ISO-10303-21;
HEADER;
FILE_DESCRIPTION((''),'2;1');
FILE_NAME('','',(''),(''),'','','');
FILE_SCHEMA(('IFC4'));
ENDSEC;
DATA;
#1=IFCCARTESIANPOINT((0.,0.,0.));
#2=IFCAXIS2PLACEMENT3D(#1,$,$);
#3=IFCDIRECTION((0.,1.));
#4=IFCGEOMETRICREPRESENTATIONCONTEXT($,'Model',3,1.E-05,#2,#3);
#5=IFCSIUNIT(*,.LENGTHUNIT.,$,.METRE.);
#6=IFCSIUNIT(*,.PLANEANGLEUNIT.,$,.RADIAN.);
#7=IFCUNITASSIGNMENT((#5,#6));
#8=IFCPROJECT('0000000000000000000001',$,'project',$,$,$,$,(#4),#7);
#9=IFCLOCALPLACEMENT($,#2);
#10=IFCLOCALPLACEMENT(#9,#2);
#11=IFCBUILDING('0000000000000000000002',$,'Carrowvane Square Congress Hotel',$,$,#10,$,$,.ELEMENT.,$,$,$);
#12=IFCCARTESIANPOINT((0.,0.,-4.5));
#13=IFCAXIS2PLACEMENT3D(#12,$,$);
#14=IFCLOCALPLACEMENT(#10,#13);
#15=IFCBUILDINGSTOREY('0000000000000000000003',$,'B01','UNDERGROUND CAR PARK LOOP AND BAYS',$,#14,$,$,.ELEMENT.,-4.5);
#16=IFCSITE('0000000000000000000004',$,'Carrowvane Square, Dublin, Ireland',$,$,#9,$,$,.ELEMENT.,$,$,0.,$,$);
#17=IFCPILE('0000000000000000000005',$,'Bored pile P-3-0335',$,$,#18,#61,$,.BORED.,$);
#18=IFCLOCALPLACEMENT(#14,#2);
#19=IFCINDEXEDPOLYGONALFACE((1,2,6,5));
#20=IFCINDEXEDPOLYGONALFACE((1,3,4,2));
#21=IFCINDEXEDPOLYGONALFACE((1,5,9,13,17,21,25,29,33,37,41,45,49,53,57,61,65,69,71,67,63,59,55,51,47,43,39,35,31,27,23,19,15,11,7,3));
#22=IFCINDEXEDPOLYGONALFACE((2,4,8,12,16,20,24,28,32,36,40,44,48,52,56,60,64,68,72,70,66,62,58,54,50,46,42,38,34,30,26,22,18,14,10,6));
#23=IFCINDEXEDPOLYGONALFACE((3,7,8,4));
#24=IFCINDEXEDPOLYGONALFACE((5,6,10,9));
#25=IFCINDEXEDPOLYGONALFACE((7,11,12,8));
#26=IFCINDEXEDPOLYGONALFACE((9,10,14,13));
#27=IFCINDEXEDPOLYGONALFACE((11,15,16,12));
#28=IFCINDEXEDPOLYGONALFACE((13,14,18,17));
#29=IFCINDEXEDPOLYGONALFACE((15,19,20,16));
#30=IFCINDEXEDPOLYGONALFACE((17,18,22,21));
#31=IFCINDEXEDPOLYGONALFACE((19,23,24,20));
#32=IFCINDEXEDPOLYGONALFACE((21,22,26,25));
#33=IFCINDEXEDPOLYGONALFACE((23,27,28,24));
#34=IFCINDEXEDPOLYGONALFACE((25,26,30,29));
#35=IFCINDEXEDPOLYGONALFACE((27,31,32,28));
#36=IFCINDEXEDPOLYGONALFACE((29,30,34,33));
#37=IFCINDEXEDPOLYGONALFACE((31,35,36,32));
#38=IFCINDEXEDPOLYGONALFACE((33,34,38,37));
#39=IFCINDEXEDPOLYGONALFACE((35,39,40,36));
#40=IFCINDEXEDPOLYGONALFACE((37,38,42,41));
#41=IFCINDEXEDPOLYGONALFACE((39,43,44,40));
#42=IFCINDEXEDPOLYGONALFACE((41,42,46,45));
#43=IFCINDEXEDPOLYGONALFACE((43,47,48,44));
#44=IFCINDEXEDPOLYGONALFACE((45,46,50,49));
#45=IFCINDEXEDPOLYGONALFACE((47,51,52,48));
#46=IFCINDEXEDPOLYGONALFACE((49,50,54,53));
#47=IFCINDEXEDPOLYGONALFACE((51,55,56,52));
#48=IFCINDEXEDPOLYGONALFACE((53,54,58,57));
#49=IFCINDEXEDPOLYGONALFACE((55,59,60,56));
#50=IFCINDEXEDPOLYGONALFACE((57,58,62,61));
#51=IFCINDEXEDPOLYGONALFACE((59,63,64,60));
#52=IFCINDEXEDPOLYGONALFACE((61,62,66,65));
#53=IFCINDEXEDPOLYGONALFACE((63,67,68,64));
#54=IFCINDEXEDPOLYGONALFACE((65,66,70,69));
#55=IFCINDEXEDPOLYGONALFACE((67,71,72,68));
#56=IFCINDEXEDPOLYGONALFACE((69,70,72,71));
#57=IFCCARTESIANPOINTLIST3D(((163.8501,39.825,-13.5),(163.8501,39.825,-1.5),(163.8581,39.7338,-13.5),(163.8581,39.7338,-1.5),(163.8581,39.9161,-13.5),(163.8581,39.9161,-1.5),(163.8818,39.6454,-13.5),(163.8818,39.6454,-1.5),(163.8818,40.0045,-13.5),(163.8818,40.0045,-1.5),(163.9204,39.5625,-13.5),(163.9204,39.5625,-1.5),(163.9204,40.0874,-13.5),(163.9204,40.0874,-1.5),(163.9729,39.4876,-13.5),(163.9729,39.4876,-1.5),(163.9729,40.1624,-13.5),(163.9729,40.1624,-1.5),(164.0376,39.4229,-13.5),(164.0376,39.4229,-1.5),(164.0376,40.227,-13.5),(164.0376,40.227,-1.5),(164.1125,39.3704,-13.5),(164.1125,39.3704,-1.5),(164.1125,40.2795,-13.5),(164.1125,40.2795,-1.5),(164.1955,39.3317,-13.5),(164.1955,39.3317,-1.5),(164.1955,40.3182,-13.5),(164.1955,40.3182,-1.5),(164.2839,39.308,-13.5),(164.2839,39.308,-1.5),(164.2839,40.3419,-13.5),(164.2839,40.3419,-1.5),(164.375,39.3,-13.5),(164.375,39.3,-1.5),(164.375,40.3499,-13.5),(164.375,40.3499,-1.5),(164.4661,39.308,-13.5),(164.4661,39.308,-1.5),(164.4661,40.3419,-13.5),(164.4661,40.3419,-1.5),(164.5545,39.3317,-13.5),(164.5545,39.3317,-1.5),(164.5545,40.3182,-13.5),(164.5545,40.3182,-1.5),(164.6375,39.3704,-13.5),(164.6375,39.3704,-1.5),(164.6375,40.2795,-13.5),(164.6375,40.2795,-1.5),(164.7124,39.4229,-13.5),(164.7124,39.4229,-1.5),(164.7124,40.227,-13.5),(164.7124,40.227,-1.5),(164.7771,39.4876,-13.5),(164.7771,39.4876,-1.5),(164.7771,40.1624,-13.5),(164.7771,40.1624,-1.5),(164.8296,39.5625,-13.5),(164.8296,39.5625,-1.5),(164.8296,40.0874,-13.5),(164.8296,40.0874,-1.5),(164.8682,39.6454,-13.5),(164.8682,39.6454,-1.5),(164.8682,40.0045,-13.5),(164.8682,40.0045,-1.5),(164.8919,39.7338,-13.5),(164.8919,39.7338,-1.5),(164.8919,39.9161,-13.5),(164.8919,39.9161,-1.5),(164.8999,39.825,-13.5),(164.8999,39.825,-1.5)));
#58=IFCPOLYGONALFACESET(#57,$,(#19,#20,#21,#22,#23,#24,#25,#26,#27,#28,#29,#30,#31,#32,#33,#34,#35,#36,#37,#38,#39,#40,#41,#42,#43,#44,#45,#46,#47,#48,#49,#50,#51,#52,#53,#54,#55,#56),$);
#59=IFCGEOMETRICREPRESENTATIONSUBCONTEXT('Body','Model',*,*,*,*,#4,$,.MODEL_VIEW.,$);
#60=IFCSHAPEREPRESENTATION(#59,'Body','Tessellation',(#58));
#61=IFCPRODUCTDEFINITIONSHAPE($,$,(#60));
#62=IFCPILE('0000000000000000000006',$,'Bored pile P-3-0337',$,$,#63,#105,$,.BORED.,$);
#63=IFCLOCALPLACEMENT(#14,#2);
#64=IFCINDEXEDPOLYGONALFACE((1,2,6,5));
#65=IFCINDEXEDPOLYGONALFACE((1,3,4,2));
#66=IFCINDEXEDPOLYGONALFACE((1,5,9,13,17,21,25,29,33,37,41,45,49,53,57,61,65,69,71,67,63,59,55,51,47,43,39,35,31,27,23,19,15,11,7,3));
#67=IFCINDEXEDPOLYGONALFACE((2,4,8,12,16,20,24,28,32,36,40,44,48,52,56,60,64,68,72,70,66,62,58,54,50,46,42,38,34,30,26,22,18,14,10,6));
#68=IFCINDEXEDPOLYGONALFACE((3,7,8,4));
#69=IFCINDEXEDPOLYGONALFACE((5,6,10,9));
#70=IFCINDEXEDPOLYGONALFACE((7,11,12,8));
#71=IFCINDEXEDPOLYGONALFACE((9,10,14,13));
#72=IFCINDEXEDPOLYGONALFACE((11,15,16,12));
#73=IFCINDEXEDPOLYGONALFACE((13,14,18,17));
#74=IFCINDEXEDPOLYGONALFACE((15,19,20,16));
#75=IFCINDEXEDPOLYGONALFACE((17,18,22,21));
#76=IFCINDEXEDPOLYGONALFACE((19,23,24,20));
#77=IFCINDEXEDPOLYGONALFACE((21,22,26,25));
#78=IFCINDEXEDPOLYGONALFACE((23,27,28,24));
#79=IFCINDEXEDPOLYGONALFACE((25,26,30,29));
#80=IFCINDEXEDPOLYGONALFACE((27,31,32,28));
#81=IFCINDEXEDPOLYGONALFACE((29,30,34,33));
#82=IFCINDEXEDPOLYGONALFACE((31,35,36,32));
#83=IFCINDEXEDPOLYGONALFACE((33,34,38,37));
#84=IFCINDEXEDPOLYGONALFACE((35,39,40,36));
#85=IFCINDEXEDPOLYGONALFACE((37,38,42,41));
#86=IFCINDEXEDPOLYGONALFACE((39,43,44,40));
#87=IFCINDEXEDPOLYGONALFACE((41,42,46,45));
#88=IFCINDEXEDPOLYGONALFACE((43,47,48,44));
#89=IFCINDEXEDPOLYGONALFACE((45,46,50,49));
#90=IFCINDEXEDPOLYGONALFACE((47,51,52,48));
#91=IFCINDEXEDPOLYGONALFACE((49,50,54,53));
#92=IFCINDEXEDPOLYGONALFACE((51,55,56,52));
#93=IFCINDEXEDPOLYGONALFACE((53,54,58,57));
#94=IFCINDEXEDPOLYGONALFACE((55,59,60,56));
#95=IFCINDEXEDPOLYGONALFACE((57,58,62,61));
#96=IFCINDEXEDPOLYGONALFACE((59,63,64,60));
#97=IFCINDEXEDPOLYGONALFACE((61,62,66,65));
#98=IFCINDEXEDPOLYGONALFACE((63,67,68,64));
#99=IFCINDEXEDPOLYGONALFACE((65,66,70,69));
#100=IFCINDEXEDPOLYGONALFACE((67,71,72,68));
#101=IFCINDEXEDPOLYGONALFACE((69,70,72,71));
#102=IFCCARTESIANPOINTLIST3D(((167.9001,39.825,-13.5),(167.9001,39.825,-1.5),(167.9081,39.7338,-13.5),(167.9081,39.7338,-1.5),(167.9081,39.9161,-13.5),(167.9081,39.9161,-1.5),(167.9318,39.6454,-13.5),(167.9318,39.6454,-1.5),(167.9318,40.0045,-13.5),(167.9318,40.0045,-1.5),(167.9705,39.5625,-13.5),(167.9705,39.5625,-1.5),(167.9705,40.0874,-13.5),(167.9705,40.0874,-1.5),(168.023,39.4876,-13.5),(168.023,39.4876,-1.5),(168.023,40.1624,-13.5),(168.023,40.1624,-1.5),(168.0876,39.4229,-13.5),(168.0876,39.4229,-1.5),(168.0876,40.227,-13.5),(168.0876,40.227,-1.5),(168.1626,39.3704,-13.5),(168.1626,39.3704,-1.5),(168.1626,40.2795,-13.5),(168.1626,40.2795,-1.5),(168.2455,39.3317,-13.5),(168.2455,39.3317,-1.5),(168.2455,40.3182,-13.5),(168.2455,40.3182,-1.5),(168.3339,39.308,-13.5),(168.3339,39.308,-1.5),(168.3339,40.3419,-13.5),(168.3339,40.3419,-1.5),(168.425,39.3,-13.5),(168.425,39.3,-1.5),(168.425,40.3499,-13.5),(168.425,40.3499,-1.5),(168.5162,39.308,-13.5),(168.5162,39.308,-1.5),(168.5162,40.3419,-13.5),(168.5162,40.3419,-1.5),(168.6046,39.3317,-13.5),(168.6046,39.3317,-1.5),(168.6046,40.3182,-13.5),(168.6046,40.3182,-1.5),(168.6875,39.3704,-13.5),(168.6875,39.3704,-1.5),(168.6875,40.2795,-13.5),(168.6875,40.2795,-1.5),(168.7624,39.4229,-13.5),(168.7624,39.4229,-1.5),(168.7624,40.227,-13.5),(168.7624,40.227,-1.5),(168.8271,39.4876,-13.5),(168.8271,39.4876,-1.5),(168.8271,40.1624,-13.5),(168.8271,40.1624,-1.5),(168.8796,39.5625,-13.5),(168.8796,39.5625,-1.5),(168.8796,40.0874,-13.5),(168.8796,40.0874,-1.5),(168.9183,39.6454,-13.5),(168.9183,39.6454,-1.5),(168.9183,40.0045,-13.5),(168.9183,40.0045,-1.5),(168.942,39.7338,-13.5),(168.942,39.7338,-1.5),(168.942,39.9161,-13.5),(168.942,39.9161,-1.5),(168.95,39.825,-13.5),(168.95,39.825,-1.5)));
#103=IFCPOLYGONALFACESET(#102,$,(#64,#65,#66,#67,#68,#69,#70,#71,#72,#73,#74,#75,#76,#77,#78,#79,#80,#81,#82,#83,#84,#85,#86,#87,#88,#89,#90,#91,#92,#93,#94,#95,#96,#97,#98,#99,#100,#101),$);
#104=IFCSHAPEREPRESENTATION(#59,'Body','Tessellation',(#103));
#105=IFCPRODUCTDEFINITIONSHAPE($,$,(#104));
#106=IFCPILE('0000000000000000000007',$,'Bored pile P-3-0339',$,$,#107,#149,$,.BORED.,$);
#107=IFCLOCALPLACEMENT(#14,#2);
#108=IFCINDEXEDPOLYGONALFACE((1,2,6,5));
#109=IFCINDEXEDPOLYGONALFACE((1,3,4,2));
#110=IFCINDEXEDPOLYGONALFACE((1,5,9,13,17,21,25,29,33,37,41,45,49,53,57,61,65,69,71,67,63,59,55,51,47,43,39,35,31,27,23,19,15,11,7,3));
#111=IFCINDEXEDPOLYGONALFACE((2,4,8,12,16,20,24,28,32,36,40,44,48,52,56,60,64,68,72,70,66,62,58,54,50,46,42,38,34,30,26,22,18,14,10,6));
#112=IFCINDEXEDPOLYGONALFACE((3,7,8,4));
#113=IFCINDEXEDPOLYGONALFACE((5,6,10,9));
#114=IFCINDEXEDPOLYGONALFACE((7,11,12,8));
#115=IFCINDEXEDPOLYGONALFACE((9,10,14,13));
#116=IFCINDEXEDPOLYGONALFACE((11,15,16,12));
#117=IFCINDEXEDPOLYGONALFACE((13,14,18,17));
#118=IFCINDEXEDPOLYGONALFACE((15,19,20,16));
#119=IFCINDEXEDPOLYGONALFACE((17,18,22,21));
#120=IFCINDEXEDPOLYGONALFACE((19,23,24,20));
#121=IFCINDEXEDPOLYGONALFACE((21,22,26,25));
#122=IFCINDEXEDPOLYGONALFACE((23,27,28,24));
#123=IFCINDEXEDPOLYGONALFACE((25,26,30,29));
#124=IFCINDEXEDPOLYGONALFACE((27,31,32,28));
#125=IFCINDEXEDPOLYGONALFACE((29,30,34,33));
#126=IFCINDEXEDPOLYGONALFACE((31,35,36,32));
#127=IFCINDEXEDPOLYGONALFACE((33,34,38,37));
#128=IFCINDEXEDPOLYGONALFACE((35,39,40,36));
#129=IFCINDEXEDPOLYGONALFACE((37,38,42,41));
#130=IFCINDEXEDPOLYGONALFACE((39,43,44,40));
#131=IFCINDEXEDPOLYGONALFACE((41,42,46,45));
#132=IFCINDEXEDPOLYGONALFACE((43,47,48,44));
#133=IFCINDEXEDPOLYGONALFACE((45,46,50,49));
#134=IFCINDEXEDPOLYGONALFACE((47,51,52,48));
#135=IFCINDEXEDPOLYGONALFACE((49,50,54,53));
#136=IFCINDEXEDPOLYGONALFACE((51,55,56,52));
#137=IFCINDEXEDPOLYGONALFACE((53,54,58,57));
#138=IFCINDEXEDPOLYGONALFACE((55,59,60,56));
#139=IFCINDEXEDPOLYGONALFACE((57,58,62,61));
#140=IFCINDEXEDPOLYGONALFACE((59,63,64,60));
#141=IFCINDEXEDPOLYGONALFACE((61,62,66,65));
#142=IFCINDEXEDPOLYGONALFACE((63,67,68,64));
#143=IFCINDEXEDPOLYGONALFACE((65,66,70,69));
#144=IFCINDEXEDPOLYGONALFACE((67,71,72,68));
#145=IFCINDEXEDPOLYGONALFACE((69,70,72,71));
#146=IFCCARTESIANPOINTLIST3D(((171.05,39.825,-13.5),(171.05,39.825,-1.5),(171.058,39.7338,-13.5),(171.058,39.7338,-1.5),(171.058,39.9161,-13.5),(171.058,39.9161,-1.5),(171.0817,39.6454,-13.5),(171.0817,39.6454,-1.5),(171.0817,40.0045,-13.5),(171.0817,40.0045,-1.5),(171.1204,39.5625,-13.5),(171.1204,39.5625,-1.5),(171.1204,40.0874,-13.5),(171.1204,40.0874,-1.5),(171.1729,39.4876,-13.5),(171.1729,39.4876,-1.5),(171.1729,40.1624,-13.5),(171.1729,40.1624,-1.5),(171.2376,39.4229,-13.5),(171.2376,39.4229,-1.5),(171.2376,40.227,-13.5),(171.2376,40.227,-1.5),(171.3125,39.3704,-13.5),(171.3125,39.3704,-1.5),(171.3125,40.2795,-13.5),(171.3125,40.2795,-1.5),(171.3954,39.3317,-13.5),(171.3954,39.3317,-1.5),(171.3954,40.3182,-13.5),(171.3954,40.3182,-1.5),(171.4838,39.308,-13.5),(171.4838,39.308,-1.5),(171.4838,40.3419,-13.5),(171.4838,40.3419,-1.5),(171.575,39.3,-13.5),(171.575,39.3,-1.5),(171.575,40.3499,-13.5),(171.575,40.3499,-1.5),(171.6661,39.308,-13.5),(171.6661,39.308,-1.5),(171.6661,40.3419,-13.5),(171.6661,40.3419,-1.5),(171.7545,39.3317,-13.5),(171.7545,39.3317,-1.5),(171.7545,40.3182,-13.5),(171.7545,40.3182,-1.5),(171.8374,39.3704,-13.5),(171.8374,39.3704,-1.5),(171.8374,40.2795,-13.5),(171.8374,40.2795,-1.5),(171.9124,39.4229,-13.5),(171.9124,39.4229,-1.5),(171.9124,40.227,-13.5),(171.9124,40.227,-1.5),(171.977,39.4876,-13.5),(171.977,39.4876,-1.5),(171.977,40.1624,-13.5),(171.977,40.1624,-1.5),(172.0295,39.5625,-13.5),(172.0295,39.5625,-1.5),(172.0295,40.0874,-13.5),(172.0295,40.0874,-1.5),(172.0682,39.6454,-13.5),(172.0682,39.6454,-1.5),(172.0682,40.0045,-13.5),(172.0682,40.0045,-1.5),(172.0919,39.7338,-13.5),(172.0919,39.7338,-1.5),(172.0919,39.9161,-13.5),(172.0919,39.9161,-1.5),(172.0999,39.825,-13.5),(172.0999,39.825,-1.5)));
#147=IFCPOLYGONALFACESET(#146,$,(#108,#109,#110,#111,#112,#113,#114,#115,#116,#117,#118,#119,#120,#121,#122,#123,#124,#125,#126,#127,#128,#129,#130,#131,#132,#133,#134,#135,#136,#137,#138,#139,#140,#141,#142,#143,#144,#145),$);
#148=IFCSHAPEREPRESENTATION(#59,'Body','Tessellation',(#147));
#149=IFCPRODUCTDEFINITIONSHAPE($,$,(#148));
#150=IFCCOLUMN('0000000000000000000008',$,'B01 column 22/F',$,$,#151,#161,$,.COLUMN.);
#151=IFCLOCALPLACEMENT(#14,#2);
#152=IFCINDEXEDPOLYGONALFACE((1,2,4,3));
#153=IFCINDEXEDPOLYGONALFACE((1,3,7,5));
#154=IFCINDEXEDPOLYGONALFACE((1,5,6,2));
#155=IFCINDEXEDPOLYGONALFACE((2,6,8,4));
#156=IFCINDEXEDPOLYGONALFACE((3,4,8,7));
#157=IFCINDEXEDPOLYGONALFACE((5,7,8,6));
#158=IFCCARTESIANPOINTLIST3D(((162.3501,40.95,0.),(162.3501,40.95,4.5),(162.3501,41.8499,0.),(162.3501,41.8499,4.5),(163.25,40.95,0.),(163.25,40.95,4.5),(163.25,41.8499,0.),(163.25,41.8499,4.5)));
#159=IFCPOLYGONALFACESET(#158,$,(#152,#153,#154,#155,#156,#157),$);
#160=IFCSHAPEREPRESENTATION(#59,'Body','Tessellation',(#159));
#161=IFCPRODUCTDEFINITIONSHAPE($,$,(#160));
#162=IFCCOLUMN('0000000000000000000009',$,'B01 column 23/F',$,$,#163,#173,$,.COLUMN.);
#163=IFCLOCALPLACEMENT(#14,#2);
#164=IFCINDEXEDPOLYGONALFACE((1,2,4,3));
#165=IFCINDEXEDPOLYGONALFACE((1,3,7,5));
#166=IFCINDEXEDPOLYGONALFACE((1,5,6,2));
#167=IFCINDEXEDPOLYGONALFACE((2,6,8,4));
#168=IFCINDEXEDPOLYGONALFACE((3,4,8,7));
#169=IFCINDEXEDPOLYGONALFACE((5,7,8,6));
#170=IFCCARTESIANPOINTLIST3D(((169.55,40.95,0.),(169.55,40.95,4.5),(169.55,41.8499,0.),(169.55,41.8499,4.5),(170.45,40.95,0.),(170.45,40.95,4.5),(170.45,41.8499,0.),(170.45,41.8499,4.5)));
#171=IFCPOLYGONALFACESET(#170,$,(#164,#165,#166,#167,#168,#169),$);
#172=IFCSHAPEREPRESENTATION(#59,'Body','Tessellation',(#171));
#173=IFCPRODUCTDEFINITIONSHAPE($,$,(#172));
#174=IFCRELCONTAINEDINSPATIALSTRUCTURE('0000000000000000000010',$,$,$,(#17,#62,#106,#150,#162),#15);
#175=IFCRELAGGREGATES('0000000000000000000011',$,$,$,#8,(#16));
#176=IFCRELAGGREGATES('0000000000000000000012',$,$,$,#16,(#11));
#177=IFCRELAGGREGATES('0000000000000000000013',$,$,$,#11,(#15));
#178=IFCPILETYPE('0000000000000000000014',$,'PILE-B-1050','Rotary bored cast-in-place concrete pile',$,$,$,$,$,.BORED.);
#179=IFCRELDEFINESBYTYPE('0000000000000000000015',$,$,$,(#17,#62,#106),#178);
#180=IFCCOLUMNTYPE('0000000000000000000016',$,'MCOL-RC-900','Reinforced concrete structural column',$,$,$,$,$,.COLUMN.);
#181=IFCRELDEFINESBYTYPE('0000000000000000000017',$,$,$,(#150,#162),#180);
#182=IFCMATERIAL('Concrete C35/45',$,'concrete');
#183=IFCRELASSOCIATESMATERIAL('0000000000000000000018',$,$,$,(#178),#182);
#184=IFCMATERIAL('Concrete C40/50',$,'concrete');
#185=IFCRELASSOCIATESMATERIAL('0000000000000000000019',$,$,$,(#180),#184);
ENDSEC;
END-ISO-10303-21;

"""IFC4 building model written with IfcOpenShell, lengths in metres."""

from ifc_helpers import new_model, si_unit, direction, frame, origin, origin_2d, place, context, subcontext, project, spatial, rectangle, circle, extrude, material, material_profile, profile_set, type_object, element, save


model = new_model("IFC4")

# Units and contexts
model_context = context("Model", 3, precision=1e-05, world=origin(), true_north=direction((0.0, 1.0)))
body_context = subcontext(model_context, "Body", "Model", "MODEL_VIEW")
ifc_project = project(units=[si_unit("LENGTHUNIT", "METRE"), si_unit("PLANEANGLEUNIT", "RADIAN")], contexts=[model_context])

# Site, building, storey
site_placement = place(None, origin())
site = spatial("IfcSite", under=ifc_project, at=site_placement, Name="Carrowvane Square, Dublin, Ireland", CompositionType="ELEMENT", RefElevation=0.0)
building_placement = place(site_placement, origin())
building = spatial("IfcBuilding", under=site, at=building_placement, Name="Carrowvane Square Congress Hotel", CompositionType="ELEMENT")
storey_placement = place(building_placement, frame((0.0, 0.0, -4.5)))
storey = spatial("IfcBuildingStorey", under=building, at=storey_placement, Name="B01", Description="UNDERGROUND CAR PARK LOOP AND BAYS", CompositionType="ELEMENT", Elevation=-4.5)

# Piles
ifc_material_1 = material(Name="Concrete C35/45", Category="concrete")
ifc_material_profile_1 = material_profile(ifc_material_1, circle(Radius=0.5249, at=origin_2d()), Name="PILE D1050")
ifc_profile_set_1 = profile_set([ifc_material_profile_1], Name="Concrete C35/45")
pile_type = type_object("IfcPileType", Name="PILE-B-1050", Description="Rotary bored cast-in-place concrete pile", PredefinedType="BORED", material=ifc_profile_set_1)
for number, where, z_axis, x_axis, name in (
    (1, (164.375, 39.825, -1.5), (0.0, 0.0, -1.0), (1.0, 0.0, 0.0), "Bored pile P-3-0335"),
    (2, (168.425, 39.825, -1.5), (0.0, 0.0, -1.0), (1.0, 0.0, 0.0), "Bored pile P-3-0337"),
    (3, (171.575, 39.825, -1.5), (0.0, 0.0, -1.0), (1.0, 0.0, 0.0), "Bored pile P-3-0339"),
):
    element("IfcPile", number, at=place(storey_placement, frame(where, z_axis=z_axis, x_axis=x_axis)), inside=storey, type_object=pile_type, Name=name, PredefinedType="BORED", context=body_context, shape_type="SweptSolid", body=[
        extrude(circle(Radius=0.5249, at=origin_2d()), origin(), (0.0, 0.0, 1.0), 12.0),
    ])

# Columns
ifc_material_2 = material(Name="Concrete C40/50", Category="concrete")
ifc_material_profile_2 = material_profile(ifc_material_2, rectangle(XDim=0.8999, YDim=0.8999, at=origin_2d()), Name="RC 900x900")
ifc_profile_set_2 = profile_set([ifc_material_profile_2], Name="Concrete C40/50")
column_type = type_object("IfcColumnType", Name="MCOL-RC-900", Description="Reinforced concrete structural column", PredefinedType="COLUMN", material=ifc_profile_set_2)
for number, where, z_axis, x_axis, name in (
    (4, (162.8, 41.3999, 0.0), (0.0, 0.0, 1.0), (1.0, 0.0, 0.0), "B01 column 22/F"),
    (5, (170.0, 41.3999, 0.0), (0.0, 0.0, 1.0), (1.0, 0.0, 0.0), "B01 column 23/F"),
):
    element("IfcColumn", number, at=place(storey_placement, frame(where, z_axis=z_axis, x_axis=x_axis)), inside=storey, type_object=column_type, Name=name, PredefinedType="COLUMN", context=body_context, shape_type="SweptSolid", body=[
        extrude(rectangle(XDim=0.8999, YDim=0.8999, at=origin_2d()), origin(), (0.0, 0.0, 1.0), 4.5),
    ])

save(model, "model.ifc")
